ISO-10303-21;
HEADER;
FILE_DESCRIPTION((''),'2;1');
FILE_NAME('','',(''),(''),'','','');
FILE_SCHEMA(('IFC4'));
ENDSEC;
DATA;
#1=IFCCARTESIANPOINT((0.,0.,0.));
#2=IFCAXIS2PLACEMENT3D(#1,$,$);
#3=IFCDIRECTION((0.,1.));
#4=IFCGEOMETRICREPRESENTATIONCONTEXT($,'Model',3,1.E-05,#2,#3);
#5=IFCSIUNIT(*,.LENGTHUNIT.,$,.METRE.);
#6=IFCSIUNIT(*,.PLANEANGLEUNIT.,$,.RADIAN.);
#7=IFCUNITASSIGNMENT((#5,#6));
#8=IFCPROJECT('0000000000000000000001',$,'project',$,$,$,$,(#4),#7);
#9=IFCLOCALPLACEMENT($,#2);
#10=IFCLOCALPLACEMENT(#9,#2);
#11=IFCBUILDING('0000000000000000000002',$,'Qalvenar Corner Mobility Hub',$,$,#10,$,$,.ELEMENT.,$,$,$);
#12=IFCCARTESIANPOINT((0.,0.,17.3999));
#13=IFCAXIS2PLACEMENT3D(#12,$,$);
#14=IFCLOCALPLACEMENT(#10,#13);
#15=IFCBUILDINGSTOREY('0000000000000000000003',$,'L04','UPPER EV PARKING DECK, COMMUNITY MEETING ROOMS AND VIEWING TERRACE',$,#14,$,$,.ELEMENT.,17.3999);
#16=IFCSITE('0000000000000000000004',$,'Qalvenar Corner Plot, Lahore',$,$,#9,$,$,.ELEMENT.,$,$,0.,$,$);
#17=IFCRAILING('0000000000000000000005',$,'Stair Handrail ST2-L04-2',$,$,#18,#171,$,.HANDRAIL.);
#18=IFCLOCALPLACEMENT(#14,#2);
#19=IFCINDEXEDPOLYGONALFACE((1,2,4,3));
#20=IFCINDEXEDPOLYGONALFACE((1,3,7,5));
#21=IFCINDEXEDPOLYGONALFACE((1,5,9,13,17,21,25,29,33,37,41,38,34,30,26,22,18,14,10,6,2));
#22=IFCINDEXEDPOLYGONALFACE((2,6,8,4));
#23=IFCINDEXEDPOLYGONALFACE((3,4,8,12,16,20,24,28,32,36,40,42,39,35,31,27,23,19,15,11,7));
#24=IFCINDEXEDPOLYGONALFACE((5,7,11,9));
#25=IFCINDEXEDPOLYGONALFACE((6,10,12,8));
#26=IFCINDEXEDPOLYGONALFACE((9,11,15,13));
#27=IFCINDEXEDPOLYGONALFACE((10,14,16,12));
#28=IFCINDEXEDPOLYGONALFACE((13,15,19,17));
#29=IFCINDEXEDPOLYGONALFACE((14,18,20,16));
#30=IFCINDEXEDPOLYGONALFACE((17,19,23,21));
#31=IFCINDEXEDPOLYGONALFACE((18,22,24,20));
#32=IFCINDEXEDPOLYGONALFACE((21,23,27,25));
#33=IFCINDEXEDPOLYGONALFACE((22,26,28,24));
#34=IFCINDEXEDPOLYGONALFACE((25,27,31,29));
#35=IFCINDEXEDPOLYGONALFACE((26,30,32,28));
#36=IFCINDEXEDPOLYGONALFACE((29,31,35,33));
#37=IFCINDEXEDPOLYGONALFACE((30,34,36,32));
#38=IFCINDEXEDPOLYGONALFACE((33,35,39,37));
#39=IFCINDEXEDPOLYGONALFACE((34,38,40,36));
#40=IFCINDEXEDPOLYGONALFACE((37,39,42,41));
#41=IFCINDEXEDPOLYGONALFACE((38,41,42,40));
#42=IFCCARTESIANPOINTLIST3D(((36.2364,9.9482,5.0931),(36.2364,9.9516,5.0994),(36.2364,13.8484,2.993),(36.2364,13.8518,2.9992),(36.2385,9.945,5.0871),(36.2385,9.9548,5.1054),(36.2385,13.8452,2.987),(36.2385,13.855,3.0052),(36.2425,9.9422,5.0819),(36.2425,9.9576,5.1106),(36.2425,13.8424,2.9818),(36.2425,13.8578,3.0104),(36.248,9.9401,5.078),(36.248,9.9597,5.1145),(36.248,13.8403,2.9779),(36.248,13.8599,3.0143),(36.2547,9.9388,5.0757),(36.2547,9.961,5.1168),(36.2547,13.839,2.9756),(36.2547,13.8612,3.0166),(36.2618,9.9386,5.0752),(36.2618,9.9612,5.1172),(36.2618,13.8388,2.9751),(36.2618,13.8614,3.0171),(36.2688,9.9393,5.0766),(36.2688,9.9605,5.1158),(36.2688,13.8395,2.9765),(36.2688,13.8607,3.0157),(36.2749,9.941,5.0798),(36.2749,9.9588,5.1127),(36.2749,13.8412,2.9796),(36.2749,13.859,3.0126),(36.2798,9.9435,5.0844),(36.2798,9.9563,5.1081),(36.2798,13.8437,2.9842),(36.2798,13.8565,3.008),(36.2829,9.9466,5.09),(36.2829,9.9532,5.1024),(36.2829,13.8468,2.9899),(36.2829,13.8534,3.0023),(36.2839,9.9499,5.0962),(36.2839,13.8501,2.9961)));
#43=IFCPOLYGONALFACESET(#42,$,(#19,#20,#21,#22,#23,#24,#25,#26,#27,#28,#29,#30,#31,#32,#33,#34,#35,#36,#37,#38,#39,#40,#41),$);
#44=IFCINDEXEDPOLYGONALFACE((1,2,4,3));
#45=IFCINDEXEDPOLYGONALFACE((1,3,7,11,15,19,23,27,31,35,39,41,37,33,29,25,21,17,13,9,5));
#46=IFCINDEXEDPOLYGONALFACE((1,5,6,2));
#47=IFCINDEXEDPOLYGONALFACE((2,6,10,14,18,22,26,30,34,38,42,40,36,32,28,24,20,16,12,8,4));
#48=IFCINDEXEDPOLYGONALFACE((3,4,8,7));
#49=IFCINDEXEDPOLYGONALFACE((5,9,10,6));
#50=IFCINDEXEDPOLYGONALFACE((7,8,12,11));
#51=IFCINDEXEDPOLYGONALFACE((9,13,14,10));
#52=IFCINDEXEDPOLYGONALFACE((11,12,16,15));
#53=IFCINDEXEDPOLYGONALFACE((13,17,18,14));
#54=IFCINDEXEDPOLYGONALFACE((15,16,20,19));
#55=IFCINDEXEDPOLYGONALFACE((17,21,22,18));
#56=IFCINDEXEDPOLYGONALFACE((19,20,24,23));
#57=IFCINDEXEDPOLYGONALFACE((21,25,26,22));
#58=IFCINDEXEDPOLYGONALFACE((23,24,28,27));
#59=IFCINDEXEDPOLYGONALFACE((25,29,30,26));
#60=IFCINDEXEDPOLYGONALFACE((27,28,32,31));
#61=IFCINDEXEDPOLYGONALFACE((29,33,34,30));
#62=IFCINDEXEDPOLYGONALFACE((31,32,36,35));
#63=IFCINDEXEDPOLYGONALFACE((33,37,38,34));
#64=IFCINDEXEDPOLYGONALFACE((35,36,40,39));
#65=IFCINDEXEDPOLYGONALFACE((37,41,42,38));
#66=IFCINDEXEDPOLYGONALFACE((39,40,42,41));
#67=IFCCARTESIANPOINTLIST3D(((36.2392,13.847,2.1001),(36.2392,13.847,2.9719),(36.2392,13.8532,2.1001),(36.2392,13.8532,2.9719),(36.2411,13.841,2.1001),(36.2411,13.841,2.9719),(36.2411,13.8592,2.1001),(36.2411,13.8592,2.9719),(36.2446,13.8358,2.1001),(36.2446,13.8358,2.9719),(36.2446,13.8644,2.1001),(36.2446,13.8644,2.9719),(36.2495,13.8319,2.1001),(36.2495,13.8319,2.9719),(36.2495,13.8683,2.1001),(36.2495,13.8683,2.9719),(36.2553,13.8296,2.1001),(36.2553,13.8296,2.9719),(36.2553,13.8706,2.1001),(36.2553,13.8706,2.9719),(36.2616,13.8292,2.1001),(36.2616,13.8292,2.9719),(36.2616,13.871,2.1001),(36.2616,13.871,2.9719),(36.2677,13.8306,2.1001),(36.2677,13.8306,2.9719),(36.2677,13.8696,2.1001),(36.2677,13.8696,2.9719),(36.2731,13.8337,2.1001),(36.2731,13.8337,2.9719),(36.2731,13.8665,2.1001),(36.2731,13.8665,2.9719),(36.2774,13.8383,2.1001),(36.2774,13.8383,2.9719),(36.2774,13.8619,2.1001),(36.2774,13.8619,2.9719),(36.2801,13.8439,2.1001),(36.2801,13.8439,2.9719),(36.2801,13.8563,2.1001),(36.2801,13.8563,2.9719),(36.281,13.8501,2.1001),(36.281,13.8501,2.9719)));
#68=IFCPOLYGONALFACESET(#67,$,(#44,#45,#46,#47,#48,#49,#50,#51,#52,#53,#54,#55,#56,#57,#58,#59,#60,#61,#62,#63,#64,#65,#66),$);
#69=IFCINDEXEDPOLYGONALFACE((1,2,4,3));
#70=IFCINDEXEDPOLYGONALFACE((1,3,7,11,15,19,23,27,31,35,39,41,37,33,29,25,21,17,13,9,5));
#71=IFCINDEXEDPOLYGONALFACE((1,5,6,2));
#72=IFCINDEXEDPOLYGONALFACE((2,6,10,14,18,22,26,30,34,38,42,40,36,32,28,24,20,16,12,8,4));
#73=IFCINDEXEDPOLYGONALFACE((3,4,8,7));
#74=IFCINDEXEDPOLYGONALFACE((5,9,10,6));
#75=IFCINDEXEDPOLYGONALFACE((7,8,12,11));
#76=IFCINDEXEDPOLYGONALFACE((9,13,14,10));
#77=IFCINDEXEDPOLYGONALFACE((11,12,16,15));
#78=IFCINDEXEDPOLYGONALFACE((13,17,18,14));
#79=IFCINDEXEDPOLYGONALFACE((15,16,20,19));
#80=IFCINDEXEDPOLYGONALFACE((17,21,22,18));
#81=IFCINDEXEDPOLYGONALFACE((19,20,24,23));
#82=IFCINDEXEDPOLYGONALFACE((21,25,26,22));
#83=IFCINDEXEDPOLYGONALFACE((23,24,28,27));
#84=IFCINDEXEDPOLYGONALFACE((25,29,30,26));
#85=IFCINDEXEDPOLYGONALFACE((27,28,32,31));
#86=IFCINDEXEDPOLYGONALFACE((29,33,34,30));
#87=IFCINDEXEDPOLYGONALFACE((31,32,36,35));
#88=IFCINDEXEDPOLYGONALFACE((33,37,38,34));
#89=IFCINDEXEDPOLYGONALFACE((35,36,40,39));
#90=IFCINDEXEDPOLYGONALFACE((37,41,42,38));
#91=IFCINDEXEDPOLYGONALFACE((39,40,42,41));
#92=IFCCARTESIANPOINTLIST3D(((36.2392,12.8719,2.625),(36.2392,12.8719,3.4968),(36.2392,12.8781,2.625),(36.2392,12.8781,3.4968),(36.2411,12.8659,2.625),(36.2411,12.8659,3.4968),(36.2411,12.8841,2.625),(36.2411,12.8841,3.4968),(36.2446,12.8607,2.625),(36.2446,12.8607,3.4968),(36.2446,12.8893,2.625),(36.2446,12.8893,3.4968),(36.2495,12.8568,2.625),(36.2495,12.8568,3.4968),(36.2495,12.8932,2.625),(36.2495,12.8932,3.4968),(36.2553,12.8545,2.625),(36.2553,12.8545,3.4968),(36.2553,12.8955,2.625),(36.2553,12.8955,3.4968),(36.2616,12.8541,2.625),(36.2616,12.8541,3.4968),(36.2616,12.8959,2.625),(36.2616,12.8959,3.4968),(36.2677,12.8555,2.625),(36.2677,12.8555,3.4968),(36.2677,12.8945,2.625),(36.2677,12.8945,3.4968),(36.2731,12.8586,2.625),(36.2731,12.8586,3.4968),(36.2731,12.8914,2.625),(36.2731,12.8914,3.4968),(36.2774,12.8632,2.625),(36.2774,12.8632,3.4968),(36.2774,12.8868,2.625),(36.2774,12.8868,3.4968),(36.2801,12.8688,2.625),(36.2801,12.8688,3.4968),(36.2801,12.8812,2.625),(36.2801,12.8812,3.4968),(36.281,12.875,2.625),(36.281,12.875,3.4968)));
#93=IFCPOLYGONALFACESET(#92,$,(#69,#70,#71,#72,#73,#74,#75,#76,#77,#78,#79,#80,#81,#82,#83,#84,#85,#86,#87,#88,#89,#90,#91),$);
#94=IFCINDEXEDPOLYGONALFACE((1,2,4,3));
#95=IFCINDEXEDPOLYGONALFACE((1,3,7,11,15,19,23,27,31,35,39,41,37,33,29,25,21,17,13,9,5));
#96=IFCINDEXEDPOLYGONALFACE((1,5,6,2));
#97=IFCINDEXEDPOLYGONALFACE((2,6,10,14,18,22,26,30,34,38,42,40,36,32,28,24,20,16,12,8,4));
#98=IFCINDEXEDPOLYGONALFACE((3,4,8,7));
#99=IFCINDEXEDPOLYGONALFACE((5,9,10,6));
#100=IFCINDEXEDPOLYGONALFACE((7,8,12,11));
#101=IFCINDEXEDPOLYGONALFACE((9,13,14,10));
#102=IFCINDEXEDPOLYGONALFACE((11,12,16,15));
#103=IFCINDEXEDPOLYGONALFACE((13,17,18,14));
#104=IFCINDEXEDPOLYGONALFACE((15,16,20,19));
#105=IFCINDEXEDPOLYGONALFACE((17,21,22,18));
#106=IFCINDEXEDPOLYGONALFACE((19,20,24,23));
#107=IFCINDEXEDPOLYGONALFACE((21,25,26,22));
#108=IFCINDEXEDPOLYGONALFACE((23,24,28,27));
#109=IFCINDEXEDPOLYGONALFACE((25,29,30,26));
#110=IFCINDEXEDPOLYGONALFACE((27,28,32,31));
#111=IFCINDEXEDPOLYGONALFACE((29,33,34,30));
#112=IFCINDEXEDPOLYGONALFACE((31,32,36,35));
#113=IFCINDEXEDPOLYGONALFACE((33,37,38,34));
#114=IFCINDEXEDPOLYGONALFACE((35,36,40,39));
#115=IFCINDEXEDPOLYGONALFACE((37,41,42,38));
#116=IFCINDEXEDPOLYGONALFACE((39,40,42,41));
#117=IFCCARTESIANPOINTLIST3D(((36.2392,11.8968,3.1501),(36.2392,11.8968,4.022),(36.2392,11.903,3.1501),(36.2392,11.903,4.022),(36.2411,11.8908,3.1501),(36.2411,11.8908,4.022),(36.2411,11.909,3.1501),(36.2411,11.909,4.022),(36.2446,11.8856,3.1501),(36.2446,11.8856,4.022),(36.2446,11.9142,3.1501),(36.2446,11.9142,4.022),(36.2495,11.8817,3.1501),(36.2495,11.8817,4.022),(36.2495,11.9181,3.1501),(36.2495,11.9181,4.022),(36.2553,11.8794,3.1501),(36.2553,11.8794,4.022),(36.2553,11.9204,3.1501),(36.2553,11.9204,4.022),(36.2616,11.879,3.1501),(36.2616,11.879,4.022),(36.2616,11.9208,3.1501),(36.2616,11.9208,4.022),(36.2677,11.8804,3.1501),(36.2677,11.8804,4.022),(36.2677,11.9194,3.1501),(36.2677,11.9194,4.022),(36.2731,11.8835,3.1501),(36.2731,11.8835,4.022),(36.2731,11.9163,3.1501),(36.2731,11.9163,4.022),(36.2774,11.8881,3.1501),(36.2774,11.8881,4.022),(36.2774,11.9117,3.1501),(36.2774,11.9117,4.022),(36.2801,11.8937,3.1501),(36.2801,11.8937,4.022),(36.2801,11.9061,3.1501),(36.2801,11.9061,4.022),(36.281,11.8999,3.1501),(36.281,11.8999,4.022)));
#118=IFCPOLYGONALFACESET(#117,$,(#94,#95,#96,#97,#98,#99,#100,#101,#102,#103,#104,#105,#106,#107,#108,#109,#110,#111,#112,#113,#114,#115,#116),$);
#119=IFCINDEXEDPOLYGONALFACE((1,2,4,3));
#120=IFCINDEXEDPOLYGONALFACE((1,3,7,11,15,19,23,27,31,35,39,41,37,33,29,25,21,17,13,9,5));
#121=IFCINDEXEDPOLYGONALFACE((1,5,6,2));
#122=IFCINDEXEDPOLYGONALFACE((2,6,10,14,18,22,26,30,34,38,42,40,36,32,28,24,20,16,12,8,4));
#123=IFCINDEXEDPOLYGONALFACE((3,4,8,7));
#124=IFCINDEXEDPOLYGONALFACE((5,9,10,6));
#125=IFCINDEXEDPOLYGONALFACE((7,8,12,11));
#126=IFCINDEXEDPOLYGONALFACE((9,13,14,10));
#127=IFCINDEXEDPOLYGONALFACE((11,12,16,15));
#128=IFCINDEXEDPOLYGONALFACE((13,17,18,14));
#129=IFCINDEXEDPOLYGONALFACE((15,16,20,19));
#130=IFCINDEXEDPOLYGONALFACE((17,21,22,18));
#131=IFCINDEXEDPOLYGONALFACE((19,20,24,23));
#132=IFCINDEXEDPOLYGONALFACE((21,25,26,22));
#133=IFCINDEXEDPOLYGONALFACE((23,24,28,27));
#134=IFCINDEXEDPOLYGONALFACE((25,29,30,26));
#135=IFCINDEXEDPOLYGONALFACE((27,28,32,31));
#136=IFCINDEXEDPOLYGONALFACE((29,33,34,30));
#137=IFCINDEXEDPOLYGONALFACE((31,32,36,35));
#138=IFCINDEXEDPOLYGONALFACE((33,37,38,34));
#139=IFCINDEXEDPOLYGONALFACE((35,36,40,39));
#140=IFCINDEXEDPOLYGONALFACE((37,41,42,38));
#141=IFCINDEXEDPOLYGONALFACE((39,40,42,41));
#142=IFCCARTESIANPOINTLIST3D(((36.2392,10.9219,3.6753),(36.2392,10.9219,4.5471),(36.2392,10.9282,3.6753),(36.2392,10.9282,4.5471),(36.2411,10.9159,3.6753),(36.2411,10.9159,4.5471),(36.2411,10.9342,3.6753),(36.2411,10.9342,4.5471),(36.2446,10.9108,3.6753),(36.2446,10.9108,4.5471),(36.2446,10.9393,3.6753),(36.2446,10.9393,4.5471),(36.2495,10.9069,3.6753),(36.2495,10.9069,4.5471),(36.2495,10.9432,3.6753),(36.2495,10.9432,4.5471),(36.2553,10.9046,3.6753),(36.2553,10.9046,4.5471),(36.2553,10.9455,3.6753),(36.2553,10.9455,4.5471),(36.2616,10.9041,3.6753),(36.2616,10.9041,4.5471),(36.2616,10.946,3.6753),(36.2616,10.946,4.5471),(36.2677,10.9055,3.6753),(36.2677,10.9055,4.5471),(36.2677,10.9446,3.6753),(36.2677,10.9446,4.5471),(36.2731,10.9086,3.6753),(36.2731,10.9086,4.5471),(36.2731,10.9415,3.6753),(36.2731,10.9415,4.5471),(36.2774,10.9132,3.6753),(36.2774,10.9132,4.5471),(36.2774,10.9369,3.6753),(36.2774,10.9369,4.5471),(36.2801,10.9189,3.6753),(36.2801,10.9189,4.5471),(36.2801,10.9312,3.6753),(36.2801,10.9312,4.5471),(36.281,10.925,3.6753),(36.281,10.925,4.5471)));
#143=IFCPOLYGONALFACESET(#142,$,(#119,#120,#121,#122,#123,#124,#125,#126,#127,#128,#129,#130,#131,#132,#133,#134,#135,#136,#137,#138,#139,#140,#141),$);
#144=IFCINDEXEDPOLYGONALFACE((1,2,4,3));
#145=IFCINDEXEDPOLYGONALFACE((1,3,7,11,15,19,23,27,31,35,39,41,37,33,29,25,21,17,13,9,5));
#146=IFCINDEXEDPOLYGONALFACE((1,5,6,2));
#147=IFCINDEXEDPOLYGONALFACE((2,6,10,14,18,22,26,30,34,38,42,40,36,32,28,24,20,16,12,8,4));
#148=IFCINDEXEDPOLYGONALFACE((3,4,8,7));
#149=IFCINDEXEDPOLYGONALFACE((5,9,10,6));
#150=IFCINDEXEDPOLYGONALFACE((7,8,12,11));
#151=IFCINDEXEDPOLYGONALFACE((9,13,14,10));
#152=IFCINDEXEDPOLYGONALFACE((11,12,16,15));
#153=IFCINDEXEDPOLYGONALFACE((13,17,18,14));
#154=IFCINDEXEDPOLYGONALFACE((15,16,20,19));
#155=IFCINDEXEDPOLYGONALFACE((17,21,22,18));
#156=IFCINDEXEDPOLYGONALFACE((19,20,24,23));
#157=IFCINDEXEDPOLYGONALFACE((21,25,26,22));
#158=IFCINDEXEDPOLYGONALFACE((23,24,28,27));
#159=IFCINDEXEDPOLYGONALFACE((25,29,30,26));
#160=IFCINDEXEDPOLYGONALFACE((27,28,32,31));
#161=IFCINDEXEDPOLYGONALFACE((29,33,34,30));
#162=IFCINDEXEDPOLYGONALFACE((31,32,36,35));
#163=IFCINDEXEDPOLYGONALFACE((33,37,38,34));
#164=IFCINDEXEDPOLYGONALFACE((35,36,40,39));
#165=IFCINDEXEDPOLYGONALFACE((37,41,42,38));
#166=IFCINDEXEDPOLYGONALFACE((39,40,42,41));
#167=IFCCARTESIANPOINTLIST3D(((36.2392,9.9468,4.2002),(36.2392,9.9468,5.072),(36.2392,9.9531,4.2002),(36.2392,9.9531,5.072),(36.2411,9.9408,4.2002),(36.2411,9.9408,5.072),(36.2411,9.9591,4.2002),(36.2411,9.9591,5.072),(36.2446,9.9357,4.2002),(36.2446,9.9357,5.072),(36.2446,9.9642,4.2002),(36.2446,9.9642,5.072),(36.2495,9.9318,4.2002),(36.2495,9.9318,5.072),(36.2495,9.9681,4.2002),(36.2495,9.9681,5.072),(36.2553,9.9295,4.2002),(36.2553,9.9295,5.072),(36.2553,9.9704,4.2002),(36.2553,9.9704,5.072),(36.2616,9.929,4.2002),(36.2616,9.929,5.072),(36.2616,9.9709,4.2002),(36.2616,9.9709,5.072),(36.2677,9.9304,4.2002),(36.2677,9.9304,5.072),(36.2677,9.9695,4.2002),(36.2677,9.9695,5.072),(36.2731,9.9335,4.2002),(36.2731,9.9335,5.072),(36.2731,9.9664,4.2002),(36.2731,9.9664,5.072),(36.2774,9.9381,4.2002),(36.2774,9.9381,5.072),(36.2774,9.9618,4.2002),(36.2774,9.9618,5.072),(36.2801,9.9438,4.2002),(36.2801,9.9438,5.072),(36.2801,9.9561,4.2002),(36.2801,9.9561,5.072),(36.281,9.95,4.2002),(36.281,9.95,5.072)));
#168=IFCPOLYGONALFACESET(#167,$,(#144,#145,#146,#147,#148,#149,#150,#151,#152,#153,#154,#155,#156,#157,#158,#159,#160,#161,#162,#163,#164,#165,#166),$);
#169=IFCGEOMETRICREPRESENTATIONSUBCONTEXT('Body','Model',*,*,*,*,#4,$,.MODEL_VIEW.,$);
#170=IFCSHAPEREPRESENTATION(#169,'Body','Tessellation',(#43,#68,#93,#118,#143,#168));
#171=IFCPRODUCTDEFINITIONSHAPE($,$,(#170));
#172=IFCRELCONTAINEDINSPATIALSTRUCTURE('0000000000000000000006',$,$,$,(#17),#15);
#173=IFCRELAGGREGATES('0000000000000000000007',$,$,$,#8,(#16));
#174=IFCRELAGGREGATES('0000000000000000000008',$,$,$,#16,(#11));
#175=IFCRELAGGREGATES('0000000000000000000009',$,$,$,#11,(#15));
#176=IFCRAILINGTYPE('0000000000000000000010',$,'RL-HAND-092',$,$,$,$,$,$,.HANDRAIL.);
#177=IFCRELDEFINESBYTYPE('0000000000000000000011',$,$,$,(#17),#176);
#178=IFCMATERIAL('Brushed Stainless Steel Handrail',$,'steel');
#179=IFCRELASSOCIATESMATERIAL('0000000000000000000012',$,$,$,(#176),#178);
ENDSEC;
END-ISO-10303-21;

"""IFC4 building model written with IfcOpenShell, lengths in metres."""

from ifc_helpers import new_model, si_unit, direction, frame, origin, origin_2d, place, context, subcontext, project, spatial, circle, extrude, material, type_object, element, save


model = new_model("IFC4")

# Units and contexts
model_context = context("Model", 3, precision=1e-05, world=origin(), true_north=direction((0.0, 1.0)))
body_context = subcontext(model_context, "Body", "Model", "MODEL_VIEW")
ifc_project = project(units=[si_unit("LENGTHUNIT", "METRE"), si_unit("PLANEANGLEUNIT", "RADIAN")], contexts=[model_context])

# Site, building, storey
site_placement = place(None, origin())
site = spatial("IfcSite", under=ifc_project, at=site_placement, Name="Qalvenar Corner Plot, Lahore", CompositionType="ELEMENT", RefElevation=0.0)
building_placement = place(site_placement, origin())
building = spatial("IfcBuilding", under=site, at=building_placement, Name="Qalvenar Corner Mobility Hub", CompositionType="ELEMENT")
storey_placement = place(building_placement, frame((0.0, 0.0, 17.3999)))
storey = spatial("IfcBuildingStorey", under=building, at=storey_placement, Name="L04", Description="UPPER EV PARKING DECK, COMMUNITY MEETING ROOMS AND VIEWING TERRACE", CompositionType="ELEMENT", Elevation=17.3999)

# Railing
ifc_material_1 = material(Name="Brushed Stainless Steel Handrail", Category="steel")
railing_type_1 = type_object("IfcRailingType", Name="RL-HAND-092", PredefinedType="HANDRAIL", material=ifc_material_1)
railing_1_placement = place(storey_placement, frame((36.26, 13.8501, 2.1001)))
element("IfcRailing", 1, at=railing_1_placement, inside=storey, type_object=railing_type_1, Name="Stair Handrail ST2-L04-2", PredefinedType="HANDRAIL", context=body_context, shape_type="SweptSolid", body=[
    extrude(circle(Radius=0.0239, at=origin_2d()), frame((0.0, 0.0, 0.896), z_axis=(0.0, -0.880469, 0.474103), x_axis=(1.0, 0.0, 0.0)), (0.0, 0.0, 1.0), 4.4297),
    extrude(circle(Radius=0.021, at=origin_2d()), origin(), (0.0, 0.0, 1.0), 0.8718),
    extrude(circle(Radius=0.021, at=origin_2d()), frame((0.0, -0.9751, 0.5249)), (0.0, 0.0, 1.0), 0.8718),
    extrude(circle(Radius=0.021, at=origin_2d()), frame((0.0, -1.9502, 1.05)), (0.0, 0.0, 1.0), 0.8718),
    extrude(circle(Radius=0.021, at=origin_2d()), frame((0.0, -2.925, 1.5752)), (0.0, 0.0, 1.0), 0.8718),
    extrude(circle(Radius=0.021, at=origin_2d()), frame((0.0, -3.9001, 2.1001)), (0.0, 0.0, 1.0), 0.8718),
])

save(model, "model.ifc")
